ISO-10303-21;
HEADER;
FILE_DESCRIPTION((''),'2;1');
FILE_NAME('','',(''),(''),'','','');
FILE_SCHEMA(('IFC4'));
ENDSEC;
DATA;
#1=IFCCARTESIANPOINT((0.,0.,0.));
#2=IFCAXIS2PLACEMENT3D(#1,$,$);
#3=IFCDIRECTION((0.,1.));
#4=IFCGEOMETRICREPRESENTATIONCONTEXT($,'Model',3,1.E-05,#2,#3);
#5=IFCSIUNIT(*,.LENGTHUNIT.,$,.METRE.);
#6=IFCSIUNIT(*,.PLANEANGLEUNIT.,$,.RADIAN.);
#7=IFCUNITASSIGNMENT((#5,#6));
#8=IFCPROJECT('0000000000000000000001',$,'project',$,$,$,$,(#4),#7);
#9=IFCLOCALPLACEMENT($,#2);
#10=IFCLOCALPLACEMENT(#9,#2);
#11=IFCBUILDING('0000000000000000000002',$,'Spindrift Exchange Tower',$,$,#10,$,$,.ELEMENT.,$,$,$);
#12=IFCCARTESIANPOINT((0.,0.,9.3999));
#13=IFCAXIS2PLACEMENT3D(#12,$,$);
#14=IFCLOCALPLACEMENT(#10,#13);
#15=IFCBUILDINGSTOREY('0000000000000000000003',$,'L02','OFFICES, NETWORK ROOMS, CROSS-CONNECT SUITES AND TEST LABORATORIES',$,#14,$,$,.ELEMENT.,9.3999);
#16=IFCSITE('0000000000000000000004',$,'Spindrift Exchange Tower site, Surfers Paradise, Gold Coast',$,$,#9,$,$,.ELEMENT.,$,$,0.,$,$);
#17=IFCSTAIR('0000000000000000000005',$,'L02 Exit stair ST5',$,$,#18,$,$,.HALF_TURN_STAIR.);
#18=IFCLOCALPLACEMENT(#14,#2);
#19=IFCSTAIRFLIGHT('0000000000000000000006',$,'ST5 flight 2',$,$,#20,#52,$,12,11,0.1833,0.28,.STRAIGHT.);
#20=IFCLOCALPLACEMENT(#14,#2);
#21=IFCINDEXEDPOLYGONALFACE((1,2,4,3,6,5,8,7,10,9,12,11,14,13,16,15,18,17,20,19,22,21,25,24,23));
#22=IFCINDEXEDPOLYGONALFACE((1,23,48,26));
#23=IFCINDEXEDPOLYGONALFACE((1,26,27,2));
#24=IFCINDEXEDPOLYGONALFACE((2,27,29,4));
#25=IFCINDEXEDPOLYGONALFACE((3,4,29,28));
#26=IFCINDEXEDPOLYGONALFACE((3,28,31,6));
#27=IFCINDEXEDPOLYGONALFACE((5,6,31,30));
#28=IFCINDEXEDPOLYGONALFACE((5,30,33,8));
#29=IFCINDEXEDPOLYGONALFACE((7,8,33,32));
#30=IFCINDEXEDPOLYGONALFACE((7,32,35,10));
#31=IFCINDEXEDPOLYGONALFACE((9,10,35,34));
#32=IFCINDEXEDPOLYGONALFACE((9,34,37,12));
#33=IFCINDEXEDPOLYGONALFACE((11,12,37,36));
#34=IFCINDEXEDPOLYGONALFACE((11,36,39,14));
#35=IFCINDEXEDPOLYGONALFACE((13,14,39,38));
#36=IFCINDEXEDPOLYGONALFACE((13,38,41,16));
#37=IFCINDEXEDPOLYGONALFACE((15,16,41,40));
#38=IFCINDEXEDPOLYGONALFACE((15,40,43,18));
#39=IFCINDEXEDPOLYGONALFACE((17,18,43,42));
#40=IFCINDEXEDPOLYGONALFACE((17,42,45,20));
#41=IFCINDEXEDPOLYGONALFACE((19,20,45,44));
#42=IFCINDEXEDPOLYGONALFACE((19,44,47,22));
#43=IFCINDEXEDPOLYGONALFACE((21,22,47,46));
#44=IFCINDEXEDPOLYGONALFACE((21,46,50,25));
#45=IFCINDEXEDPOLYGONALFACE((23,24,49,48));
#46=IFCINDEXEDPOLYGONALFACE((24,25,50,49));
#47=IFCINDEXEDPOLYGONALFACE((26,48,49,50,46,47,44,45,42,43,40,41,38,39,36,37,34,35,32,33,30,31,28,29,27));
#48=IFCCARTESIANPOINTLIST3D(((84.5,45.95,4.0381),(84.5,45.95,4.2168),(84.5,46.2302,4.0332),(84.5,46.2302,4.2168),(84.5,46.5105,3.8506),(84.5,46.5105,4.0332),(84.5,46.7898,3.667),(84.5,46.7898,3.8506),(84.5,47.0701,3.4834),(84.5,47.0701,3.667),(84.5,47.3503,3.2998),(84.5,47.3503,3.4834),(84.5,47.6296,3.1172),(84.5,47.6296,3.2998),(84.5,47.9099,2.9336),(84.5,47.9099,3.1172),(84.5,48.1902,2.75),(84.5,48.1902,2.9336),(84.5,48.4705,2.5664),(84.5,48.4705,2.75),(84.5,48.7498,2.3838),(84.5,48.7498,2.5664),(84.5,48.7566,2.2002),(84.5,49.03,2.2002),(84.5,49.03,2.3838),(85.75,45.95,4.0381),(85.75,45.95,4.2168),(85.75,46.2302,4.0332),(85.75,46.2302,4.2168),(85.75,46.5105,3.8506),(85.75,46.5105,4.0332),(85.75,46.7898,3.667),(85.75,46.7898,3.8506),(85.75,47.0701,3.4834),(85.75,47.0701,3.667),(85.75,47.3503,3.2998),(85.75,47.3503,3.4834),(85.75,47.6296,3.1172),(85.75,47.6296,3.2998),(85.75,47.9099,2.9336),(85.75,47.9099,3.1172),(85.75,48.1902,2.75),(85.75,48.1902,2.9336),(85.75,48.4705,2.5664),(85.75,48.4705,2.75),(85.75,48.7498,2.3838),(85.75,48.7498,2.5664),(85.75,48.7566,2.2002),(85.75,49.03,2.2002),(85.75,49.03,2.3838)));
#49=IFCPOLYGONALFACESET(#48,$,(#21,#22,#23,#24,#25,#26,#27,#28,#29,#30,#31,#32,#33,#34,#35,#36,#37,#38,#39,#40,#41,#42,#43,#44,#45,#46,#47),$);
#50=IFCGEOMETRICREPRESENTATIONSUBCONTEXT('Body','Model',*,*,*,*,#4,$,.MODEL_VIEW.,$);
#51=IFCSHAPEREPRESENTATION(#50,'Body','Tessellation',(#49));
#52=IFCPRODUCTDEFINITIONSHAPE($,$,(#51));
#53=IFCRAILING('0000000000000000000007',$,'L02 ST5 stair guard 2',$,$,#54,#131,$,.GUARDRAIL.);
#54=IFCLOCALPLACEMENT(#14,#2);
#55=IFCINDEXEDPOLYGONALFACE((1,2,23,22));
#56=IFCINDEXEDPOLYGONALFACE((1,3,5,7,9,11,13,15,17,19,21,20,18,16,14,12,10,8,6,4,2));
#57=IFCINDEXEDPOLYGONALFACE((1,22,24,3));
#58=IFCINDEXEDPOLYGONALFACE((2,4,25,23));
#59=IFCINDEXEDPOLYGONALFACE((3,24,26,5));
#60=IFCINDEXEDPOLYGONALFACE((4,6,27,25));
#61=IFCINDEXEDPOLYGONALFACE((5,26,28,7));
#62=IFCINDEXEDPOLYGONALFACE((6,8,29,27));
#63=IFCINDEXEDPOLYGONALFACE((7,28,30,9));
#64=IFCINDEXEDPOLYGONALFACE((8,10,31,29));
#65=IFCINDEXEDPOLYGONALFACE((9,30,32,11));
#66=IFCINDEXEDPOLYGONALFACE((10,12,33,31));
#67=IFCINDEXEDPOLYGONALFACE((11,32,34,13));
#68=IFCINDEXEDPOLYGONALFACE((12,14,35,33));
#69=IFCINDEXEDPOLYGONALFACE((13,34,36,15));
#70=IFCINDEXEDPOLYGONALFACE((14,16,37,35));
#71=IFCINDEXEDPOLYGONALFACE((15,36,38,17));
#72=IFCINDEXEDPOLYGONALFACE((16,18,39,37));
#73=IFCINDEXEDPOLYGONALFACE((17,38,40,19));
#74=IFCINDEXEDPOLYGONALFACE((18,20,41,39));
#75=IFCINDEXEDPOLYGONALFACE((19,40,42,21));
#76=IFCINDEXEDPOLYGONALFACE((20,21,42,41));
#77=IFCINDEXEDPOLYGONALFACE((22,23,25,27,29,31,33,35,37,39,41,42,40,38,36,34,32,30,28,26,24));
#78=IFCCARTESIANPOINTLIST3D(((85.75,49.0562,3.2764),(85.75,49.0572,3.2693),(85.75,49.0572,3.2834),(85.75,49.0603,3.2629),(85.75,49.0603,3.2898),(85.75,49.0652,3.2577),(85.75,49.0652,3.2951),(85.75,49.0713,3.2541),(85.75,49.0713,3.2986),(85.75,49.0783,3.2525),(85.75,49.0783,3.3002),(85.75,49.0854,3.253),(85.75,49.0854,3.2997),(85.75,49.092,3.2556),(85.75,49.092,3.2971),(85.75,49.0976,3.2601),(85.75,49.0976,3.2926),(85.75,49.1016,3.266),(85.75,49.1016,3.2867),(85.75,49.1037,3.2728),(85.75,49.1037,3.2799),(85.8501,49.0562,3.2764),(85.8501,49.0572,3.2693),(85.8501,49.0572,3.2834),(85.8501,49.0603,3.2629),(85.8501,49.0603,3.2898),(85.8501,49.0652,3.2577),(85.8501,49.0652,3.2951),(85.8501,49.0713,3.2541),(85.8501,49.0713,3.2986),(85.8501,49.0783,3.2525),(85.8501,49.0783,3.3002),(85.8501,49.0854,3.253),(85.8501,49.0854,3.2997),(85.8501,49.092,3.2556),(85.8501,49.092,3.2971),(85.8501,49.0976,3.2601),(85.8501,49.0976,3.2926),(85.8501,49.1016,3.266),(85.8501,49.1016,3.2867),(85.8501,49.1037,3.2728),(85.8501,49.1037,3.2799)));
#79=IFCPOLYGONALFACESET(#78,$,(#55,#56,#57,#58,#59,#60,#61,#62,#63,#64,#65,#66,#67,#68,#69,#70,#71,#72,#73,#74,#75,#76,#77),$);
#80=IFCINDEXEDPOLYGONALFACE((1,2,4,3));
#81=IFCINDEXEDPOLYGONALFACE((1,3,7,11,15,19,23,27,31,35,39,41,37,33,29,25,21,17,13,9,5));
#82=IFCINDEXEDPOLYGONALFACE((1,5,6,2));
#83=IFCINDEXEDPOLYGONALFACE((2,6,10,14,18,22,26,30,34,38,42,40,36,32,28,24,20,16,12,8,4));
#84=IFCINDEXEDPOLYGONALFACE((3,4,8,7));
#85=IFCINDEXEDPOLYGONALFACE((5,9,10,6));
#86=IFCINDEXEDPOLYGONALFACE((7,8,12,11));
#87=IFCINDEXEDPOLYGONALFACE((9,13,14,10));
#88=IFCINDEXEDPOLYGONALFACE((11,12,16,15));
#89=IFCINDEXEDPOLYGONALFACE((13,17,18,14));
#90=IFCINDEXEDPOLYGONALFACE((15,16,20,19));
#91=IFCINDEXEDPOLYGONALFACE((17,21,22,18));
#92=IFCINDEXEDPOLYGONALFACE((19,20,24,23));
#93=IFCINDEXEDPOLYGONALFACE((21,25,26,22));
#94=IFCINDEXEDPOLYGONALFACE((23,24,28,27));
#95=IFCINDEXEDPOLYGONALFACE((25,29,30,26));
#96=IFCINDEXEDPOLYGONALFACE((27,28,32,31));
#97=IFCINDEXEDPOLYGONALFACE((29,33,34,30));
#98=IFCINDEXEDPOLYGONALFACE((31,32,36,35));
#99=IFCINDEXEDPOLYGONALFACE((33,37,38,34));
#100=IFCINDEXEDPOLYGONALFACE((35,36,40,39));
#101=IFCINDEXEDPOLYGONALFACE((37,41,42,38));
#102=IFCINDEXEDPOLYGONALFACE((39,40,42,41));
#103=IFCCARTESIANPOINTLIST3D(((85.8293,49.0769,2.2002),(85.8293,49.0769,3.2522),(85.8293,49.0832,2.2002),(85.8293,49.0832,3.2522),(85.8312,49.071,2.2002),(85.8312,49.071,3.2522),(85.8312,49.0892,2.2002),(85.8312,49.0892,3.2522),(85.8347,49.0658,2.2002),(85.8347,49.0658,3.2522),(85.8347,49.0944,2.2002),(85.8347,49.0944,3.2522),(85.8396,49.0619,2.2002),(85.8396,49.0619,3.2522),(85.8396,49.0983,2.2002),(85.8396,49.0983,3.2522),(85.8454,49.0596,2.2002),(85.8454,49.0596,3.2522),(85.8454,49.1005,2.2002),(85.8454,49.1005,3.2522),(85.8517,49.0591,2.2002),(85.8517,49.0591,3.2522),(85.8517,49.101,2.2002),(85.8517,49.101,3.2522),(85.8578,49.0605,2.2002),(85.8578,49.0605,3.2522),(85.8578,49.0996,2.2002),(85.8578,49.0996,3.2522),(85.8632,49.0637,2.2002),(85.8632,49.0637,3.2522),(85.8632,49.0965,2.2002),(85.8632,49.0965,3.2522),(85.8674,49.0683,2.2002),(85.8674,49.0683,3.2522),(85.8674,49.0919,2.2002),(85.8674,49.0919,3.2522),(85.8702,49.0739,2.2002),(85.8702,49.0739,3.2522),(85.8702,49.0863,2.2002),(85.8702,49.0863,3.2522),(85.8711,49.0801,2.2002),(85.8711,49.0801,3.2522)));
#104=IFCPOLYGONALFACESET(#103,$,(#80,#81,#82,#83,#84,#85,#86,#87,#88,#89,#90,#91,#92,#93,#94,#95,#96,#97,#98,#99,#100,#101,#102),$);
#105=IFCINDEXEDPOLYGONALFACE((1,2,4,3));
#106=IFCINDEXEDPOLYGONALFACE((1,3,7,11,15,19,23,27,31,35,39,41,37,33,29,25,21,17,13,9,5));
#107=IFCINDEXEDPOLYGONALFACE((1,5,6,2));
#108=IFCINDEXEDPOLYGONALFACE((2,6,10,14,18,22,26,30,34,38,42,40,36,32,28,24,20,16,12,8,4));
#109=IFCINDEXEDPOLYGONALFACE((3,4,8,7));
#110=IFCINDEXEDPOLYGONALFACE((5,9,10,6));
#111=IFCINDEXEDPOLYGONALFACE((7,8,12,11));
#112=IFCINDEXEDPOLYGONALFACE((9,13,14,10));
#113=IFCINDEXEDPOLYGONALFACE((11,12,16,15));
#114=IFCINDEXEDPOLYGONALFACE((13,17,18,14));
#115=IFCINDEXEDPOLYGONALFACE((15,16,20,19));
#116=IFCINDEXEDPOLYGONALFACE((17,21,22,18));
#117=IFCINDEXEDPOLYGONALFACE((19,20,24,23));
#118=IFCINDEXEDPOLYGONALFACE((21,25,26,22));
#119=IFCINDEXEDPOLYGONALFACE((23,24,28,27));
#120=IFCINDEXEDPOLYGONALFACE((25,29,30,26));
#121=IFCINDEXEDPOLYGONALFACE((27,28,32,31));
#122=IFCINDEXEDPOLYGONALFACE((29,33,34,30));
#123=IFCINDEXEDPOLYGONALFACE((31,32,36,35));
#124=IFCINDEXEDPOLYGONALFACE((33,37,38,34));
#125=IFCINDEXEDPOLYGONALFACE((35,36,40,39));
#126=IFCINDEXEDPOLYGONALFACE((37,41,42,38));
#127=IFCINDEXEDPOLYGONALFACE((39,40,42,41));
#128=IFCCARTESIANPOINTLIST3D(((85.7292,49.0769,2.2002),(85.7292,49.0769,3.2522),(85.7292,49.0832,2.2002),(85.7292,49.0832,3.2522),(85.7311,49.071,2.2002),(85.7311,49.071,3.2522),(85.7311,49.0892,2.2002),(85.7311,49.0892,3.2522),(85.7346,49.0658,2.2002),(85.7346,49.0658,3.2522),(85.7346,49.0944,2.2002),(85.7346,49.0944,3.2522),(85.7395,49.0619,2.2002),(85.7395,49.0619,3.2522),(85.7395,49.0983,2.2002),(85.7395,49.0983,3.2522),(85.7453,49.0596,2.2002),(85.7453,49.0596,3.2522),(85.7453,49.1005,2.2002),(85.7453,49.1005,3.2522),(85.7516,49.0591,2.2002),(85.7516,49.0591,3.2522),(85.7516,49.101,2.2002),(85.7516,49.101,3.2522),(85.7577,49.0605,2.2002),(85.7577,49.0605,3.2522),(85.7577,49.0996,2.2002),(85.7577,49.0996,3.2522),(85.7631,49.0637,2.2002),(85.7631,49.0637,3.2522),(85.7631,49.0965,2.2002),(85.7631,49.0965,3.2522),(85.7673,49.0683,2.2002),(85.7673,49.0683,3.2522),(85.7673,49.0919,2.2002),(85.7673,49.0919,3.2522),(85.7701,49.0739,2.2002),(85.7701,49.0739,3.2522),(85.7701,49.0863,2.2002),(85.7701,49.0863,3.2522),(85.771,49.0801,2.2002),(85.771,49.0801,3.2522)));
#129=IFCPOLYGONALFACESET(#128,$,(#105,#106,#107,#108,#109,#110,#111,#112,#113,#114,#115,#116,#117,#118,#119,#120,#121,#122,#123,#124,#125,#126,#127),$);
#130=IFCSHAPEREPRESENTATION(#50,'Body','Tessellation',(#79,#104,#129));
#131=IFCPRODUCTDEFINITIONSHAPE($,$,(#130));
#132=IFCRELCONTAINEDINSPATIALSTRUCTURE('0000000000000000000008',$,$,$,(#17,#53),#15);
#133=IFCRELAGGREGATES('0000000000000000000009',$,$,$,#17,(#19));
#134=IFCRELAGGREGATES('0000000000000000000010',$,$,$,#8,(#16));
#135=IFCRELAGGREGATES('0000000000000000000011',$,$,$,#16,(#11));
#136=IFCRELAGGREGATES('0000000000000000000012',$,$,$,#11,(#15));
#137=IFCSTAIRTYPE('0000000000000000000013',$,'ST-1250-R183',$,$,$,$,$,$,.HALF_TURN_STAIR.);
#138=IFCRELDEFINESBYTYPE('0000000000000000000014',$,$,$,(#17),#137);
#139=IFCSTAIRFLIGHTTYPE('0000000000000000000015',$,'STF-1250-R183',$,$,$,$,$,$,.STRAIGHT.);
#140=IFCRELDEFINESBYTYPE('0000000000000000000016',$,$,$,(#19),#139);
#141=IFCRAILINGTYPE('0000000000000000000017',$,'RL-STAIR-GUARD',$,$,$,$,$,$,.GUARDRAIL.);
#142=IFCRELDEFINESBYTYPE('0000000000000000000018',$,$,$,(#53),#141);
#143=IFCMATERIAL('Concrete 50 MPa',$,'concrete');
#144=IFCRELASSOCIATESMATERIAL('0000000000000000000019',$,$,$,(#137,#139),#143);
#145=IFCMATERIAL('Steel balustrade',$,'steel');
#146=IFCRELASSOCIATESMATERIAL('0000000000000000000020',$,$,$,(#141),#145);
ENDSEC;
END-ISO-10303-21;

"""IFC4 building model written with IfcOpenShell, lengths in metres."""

from ifc_helpers import new_model, si_unit, direction, frame, origin, origin_2d, place, context, subcontext, project, spatial, line, indexed_curve, circle, outline, extrude, material, type_object, element, aggregate, save


model = new_model("IFC4")

# Units and contexts
model_context = context("Model", 3, precision=1e-05, world=origin(), true_north=direction((0.0, 1.0)))
body_context = subcontext(model_context, "Body", "Model", "MODEL_VIEW")
ifc_project = project(units=[si_unit("LENGTHUNIT", "METRE"), si_unit("PLANEANGLEUNIT", "RADIAN")], contexts=[model_context])

# Site, building, storey
site_placement = place(None, origin())
site = spatial("IfcSite", under=ifc_project, at=site_placement, Name="Spindrift Exchange Tower site, Surfers Paradise, Gold Coast", CompositionType="ELEMENT", RefElevation=0.0)
building_placement = place(site_placement, origin())
building = spatial("IfcBuilding", under=site, at=building_placement, Name="Spindrift Exchange Tower", CompositionType="ELEMENT")
storey_placement = place(building_placement, frame((0.0, 0.0, 9.3999)))
storey = spatial("IfcBuildingStorey", under=building, at=storey_placement, Name="L02", Description="OFFICES, NETWORK ROOMS, CROSS-CONNECT SUITES AND TEST LABORATORIES", CompositionType="ELEMENT", Elevation=9.3999)

# Shared definitions
ifc_material_1 = material(Name="Concrete 50 MPa", Category="concrete")

# Stair, stair flight
stair_type = type_object("IfcStairType", Name="ST-1250-R183", PredefinedType="HALF_TURN_STAIR", material=ifc_material_1)
stair_placement = place(storey_placement, origin())
stair = element("IfcStair", 1, at=stair_placement, inside=storey, type_object=stair_type, Name="L02 Exit stair ST5", PredefinedType="HALF_TURN_STAIR")
stair_flight_type = type_object("IfcStairFlightType", Name="STF-1250-R183", PredefinedType="STRAIGHT", material=ifc_material_1)
stair_flight_placement = place(storey_placement, frame((85.125, 49.03, 2.2002), z_axis=(0.0, 0.0, 1.0), x_axis=(0.0, -1.0, 0.0)))
stair_flight = element("IfcStairFlight", 2, at=stair_flight_placement, type_object=stair_flight_type, Name="ST5 flight 2", NumberOfRisers=12, NumberOfTreads=11, PredefinedType="STRAIGHT", RiserHeight=0.1833, TreadLength=0.28, context=body_context, shape_type="SweptSolid", body=[
    extrude(outline(indexed_curve([(0.0, 0.0), (0.0, 0.1836), (0.2803, 0.1836), (0.2803, 0.3662), (0.5596, 0.3662), (0.5596, 0.5498), (0.8398, 0.5498), (0.8398, 0.7334), (1.1201, 0.7334), (1.1201, 0.917), (1.4004, 0.917), (1.4004, 1.0996), (1.6797, 1.0996), (1.6797, 1.2832), (1.96, 1.2832), (1.96, 1.4668), (2.2402, 1.4668), (2.2402, 1.6504), (2.5195, 1.6504), (2.5195, 1.833), (2.7998, 1.833), (2.7998, 2.0166), (3.0801, 2.0166), (3.0801, 2.2002), (3.0801, 1.8379), (0.2734, 0.0)], segments=[line(1, 2, 3, 4, 5, 6, 7, 8, 9, 10, 11, 12, 13, 14, 15, 16, 17, 18, 19, 20, 21, 22, 23, 24, 25, 26, 1)], self_intersect=False)), frame((0.0, 0.625, 0.0), z_axis=(0.0, -1.0, 0.0), x_axis=(1.0, 0.0, 0.0)), (0.0, 0.0, 1.0), 1.25),
])
aggregate(stair, [stair_flight])

# Railing
ifc_material_2 = material(Name="Steel balustrade", Category="steel")
railing_type_1 = type_object("IfcRailingType", Name="RL-STAIR-GUARD", PredefinedType="GUARDRAIL", material=ifc_material_2)
railing_1_placement = place(storey_placement, frame((85.8501, 49.0801, 2.2002)))
element("IfcRailing", 3, at=railing_1_placement, inside=storey, type_object=railing_type_1, Name="L02 ST5 stair guard 2", PredefinedType="GUARDRAIL", context=body_context, shape_type="SweptSolid", body=[
    extrude(circle(Radius=0.0239, at=origin_2d()), frame((0.0, 0.0, 1.0762), z_axis=(-1.0, 0.0, 0.0), x_axis=(0.0, -1.0, 0.0)), (0.0, 0.0, 1.0), 0.1001),
    extrude(circle(Radius=0.021, at=origin_2d()), origin(), (0.0, 0.0, 1.0), 1.052),
    extrude(circle(Radius=0.021, at=origin_2d()), frame((-0.1001, 0.0, 0.0)), (0.0, 0.0, 1.0), 1.052),
])

save(model, "model.ifc")
